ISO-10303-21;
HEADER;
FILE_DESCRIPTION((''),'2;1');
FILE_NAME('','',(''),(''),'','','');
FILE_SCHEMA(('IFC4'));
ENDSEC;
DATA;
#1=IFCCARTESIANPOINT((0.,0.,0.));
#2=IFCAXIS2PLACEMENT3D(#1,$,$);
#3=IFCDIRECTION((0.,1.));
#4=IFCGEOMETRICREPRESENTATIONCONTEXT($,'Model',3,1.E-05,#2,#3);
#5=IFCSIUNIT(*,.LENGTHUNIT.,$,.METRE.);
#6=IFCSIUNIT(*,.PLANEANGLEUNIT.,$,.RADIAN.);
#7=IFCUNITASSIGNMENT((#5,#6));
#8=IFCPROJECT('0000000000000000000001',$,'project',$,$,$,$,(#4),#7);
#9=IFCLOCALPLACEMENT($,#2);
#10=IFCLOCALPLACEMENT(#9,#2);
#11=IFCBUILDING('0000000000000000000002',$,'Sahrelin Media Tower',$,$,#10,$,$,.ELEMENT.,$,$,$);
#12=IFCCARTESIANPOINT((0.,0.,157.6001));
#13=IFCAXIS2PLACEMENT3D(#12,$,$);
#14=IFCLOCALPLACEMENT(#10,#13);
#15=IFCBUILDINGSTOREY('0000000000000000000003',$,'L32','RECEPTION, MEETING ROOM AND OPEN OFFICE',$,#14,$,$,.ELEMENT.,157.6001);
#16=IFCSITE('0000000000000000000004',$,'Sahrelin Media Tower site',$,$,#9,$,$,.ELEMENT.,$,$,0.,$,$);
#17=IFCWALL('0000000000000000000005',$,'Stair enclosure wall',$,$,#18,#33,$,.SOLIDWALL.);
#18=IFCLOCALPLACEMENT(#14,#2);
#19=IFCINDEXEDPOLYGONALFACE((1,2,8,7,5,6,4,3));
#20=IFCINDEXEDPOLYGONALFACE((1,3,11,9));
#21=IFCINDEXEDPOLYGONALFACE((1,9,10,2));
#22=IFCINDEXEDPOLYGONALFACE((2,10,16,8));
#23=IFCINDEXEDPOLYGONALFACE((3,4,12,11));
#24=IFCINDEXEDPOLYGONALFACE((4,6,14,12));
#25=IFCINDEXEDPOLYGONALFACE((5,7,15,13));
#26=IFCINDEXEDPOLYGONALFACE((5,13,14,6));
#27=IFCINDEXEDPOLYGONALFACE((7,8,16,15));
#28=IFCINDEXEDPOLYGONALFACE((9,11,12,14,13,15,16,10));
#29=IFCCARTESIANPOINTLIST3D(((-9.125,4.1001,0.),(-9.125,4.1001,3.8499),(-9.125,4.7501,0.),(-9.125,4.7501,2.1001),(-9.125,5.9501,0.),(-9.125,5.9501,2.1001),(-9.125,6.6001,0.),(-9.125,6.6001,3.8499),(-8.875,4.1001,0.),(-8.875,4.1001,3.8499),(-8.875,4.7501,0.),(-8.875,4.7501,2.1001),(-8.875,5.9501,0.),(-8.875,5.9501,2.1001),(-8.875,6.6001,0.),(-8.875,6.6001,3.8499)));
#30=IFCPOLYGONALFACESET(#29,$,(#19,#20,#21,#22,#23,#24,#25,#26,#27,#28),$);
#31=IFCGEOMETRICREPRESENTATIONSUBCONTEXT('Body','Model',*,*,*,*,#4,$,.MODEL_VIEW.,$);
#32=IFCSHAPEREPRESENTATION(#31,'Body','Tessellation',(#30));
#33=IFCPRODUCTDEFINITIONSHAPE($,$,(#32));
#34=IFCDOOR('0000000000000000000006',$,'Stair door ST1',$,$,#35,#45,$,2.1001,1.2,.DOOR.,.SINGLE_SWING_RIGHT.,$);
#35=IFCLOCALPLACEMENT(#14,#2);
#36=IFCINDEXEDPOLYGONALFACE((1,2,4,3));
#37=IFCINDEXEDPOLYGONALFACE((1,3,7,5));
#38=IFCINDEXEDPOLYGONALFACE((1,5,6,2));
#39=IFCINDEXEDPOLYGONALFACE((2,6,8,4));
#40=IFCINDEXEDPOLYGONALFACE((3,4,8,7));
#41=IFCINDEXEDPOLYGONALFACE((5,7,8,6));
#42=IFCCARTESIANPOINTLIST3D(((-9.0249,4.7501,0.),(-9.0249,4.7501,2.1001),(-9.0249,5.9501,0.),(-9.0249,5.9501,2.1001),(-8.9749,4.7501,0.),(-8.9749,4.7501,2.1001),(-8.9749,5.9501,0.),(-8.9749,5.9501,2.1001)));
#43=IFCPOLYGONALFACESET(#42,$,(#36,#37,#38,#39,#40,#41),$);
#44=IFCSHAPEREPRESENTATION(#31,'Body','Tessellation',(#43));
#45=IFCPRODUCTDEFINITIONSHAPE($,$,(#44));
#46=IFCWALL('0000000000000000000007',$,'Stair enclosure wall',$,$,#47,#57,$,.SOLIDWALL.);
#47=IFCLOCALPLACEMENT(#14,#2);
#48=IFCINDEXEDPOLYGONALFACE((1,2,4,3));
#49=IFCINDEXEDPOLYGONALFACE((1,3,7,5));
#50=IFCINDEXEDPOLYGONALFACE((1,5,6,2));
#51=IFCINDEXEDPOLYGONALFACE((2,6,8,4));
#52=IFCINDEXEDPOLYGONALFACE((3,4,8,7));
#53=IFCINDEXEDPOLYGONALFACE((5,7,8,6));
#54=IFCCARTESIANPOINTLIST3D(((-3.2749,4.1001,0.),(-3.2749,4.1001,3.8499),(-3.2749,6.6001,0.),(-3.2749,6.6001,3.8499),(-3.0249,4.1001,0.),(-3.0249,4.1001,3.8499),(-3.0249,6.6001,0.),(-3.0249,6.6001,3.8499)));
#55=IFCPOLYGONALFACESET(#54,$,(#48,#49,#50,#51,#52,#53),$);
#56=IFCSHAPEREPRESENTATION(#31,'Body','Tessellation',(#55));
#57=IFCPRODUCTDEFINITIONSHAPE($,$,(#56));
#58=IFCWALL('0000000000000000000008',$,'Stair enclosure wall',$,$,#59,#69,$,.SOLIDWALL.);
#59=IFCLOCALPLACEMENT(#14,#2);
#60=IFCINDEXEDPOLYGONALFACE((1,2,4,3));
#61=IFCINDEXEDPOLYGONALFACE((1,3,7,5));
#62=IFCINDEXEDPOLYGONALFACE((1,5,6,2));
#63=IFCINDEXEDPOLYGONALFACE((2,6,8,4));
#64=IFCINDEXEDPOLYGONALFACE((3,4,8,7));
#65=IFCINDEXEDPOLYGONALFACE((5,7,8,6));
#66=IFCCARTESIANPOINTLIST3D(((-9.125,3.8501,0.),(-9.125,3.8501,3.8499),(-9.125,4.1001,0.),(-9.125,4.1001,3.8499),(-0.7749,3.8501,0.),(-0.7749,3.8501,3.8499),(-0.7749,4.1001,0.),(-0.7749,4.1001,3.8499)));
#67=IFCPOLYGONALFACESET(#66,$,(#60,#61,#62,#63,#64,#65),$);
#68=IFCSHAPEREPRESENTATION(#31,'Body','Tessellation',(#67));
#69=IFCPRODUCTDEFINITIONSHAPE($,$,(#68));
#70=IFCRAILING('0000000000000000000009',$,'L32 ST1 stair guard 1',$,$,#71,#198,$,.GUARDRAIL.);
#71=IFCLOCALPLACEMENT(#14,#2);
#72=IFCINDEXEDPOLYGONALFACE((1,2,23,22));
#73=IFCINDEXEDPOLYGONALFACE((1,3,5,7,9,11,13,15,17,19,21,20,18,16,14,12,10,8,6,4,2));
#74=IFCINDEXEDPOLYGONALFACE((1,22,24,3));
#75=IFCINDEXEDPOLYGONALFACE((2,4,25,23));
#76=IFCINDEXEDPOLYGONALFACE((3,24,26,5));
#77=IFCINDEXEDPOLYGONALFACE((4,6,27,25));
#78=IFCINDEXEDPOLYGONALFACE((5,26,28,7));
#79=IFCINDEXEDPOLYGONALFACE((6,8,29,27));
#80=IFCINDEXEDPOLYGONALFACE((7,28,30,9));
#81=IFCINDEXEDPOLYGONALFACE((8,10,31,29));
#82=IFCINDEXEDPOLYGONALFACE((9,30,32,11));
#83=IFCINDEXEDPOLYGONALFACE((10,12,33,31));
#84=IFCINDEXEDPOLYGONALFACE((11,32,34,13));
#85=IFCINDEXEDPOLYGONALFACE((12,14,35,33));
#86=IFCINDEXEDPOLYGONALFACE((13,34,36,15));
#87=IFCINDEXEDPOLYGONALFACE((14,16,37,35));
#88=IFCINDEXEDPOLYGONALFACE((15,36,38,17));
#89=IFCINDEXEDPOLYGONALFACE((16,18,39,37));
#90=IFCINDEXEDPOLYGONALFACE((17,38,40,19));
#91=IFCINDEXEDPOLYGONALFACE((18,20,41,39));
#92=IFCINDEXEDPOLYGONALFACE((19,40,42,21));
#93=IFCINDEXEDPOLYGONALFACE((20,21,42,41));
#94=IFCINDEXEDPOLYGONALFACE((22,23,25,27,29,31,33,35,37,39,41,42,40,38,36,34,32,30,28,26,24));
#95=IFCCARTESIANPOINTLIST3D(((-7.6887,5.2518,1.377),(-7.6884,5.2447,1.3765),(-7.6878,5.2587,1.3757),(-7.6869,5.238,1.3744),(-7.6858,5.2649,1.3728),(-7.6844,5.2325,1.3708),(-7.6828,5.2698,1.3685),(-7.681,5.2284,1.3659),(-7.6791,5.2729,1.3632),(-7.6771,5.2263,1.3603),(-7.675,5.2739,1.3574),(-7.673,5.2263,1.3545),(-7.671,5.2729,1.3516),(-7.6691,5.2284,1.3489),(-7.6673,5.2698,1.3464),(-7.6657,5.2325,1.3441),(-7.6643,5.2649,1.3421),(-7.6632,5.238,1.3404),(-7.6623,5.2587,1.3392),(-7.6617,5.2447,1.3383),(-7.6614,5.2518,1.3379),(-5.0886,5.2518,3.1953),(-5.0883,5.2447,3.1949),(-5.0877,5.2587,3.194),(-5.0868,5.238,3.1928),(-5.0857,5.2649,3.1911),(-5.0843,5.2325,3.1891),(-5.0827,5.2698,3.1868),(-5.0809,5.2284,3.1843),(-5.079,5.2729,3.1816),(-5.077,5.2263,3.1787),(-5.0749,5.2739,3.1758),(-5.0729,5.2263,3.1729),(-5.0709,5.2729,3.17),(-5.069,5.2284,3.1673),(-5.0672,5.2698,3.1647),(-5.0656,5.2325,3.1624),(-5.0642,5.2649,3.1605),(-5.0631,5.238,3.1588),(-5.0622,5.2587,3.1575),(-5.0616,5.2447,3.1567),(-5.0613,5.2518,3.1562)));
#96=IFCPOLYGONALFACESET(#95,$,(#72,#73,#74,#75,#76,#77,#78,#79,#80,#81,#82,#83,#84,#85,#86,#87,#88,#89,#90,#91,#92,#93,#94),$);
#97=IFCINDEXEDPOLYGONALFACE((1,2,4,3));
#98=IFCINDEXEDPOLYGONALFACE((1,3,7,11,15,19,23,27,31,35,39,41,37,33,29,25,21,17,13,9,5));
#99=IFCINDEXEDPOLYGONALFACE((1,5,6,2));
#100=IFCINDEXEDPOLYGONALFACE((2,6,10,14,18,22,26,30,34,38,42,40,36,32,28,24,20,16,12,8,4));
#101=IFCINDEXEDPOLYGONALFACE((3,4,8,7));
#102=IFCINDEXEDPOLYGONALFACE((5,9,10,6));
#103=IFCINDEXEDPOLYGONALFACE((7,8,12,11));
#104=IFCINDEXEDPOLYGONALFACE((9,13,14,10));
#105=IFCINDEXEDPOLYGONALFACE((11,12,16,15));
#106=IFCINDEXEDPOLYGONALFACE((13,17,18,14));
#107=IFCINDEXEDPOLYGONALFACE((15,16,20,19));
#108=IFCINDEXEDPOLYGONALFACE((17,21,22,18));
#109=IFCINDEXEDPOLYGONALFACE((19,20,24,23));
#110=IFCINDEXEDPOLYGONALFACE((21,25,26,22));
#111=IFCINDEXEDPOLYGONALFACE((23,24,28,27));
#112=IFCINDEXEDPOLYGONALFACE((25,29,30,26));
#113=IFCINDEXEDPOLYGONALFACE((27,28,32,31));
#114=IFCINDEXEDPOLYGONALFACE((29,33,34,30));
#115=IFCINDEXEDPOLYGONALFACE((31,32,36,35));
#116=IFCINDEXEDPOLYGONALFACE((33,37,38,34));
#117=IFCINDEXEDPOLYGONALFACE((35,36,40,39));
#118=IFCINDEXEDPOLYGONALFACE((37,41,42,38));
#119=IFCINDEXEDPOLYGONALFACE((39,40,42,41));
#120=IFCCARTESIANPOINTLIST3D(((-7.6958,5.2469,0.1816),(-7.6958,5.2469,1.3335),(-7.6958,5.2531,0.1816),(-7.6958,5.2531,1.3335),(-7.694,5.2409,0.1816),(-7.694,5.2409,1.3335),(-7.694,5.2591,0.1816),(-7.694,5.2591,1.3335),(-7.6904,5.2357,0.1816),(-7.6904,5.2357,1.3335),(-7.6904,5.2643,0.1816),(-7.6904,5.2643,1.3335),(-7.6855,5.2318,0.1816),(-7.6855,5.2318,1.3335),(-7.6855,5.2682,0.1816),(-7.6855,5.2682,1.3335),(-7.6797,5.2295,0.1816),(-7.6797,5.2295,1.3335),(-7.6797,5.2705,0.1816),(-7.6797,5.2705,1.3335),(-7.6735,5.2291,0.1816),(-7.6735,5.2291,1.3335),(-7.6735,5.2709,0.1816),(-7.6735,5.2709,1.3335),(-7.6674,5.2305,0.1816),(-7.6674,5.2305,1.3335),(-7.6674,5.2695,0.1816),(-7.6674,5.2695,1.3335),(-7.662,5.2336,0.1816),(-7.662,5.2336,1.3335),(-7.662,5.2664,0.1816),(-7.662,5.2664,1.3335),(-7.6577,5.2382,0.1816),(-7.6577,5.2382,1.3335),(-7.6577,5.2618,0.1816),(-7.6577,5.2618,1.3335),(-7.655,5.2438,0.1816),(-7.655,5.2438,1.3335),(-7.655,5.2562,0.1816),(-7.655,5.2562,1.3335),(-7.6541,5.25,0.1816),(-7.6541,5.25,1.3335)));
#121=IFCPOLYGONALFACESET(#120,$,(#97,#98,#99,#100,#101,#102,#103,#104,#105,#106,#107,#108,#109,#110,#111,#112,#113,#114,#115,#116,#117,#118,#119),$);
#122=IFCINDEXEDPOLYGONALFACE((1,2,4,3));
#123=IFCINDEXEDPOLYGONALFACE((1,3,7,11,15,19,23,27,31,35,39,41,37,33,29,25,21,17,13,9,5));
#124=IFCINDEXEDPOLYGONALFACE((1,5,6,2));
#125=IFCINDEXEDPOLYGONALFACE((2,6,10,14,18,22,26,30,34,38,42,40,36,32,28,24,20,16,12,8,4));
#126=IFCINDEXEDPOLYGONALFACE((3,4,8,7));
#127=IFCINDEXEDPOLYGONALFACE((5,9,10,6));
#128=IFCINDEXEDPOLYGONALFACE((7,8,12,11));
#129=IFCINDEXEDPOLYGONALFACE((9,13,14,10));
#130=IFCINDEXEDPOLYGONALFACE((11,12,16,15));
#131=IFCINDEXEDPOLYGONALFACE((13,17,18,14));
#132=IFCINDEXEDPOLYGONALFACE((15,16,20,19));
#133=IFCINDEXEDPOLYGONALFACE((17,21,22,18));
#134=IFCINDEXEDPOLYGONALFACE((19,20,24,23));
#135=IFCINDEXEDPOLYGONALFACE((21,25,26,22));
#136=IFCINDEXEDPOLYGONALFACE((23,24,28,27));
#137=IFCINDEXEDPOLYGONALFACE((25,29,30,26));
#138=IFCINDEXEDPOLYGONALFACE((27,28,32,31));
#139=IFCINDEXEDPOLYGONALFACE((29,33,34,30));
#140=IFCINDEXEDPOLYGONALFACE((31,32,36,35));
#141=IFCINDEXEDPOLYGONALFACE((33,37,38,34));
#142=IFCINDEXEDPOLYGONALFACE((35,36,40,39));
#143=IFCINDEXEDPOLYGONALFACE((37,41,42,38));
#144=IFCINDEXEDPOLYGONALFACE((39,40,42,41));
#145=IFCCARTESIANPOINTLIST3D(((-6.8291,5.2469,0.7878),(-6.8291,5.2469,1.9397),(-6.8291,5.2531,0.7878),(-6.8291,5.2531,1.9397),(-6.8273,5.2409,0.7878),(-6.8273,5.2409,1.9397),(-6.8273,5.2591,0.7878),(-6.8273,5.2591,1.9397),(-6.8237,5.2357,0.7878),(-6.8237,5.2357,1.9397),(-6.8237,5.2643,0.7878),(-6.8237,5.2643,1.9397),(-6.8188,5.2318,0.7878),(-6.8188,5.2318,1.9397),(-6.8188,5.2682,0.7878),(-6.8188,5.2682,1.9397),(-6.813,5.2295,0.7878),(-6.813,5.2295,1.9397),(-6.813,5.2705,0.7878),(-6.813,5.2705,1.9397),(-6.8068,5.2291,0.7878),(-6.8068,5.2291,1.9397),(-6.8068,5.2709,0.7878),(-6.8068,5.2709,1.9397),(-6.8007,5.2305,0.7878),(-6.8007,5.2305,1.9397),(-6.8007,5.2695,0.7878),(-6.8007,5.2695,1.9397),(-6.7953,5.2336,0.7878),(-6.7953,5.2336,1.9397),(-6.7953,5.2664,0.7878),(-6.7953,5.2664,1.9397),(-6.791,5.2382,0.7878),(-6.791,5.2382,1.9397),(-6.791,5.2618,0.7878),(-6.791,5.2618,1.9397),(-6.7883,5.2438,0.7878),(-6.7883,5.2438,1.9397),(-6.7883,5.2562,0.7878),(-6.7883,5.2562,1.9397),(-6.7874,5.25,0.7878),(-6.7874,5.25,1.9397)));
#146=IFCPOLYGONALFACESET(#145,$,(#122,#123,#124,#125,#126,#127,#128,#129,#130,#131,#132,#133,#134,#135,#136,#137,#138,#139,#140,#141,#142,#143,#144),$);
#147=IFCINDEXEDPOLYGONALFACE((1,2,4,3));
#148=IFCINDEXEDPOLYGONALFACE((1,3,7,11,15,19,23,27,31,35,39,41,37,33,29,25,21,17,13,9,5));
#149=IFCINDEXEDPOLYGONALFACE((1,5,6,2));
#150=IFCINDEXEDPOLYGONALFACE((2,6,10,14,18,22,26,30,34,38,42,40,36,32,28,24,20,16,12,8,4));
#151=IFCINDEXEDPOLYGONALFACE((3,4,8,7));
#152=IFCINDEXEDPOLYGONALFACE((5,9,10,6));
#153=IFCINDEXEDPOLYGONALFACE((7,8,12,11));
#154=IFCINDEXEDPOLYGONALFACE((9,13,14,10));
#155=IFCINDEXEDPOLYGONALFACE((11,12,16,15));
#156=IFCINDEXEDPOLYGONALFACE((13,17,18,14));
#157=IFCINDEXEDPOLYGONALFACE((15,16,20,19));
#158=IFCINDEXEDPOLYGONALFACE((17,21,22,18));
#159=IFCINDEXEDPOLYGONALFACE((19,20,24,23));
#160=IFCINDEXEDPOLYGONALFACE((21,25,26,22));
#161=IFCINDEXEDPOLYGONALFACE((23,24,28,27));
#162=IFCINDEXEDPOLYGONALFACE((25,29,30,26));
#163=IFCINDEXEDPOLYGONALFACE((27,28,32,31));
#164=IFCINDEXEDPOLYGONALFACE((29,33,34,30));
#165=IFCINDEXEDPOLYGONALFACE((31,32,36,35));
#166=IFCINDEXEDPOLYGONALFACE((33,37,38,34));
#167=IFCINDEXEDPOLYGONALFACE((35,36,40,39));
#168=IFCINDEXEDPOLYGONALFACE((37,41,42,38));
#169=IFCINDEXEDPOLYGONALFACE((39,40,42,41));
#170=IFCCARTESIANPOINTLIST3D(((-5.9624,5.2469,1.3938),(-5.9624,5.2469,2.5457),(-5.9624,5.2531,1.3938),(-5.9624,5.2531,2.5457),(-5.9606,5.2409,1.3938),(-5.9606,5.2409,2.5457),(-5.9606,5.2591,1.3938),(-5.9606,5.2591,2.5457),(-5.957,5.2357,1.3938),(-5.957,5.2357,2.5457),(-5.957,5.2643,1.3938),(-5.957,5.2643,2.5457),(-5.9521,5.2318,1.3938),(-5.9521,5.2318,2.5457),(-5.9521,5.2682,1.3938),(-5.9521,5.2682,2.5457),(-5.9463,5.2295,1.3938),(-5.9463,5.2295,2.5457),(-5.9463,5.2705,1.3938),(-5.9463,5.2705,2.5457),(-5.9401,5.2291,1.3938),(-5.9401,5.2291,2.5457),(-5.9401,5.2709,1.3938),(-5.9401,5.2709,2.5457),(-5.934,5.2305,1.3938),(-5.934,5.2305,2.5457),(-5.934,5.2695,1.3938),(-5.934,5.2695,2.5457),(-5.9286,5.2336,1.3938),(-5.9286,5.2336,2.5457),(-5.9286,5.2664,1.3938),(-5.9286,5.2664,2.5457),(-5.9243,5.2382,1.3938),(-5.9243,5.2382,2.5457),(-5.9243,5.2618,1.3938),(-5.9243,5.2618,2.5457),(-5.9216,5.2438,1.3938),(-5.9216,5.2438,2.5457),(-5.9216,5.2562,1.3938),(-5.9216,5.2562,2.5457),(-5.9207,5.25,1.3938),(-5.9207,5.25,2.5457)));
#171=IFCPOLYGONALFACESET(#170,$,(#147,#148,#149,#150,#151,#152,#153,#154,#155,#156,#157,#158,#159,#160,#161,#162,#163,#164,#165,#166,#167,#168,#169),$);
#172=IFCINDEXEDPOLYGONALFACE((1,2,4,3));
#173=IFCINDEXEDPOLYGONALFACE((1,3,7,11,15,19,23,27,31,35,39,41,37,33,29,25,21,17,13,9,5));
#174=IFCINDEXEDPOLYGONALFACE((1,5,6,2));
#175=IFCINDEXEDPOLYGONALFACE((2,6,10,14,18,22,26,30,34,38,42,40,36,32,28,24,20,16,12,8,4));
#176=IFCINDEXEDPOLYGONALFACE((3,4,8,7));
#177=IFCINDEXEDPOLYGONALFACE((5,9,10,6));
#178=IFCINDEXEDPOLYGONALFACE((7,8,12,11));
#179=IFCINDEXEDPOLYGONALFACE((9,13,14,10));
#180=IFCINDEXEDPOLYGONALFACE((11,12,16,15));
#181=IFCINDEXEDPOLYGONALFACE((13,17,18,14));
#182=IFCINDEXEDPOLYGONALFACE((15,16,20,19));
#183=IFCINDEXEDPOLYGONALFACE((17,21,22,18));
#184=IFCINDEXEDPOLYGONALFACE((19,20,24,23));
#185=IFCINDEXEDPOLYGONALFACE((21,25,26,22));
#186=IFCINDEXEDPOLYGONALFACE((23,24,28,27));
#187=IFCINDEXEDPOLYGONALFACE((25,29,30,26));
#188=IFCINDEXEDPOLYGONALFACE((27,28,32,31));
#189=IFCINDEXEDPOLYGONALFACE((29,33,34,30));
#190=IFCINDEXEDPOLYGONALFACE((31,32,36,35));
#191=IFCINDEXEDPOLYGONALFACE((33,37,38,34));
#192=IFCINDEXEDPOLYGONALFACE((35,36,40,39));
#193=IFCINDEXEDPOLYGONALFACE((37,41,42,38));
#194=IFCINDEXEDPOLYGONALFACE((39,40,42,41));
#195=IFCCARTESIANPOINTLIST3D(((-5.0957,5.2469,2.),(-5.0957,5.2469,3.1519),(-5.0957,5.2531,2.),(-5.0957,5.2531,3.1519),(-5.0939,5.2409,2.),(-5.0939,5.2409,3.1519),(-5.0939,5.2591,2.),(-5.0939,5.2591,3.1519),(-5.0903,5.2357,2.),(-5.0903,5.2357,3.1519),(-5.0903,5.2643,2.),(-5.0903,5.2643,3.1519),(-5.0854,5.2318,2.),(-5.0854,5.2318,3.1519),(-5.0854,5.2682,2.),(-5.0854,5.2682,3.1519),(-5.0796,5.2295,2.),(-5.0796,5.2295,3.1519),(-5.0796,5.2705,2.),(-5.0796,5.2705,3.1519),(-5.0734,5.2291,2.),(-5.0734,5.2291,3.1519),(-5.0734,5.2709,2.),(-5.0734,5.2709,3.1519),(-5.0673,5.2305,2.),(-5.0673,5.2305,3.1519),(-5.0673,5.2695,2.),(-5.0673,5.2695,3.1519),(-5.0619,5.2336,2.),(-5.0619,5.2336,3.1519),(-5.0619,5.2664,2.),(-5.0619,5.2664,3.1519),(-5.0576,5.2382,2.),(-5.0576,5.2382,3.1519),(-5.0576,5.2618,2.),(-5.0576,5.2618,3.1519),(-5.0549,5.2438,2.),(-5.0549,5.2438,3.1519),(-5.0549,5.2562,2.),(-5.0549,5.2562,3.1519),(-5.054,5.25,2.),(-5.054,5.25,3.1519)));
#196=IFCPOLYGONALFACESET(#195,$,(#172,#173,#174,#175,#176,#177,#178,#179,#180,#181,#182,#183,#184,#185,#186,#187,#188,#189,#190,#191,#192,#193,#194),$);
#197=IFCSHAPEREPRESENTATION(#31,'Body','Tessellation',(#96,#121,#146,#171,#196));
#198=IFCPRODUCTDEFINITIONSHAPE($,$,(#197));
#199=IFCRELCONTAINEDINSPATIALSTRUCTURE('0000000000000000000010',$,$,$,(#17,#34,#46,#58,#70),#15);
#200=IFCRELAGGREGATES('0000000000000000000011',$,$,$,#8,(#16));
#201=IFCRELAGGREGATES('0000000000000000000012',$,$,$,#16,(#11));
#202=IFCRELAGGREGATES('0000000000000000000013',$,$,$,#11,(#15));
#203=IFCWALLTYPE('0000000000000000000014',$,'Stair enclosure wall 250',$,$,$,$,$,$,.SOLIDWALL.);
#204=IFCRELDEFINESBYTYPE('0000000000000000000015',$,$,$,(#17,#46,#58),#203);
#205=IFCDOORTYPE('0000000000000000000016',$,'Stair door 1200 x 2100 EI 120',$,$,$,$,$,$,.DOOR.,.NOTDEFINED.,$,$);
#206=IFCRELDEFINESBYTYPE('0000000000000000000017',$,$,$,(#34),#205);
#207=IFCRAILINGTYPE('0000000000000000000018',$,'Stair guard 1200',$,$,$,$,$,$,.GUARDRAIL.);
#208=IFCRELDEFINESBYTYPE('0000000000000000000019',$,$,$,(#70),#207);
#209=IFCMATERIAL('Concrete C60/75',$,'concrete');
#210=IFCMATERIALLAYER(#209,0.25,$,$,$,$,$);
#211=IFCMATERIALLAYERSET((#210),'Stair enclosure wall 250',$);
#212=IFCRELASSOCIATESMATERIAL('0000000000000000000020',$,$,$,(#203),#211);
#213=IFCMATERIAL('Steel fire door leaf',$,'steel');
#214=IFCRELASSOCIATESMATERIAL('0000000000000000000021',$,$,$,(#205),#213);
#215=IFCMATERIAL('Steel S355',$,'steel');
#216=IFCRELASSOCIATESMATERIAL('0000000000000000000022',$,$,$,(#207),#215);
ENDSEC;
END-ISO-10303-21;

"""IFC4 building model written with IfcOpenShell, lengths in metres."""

from ifc_helpers import new_model, si_unit, direction, frame, frame_2d, origin, origin_2d, place, context, subcontext, project, spatial, rectangle, circle, extrude, material, layer, layer_set, type_object, element, fill, save


model = new_model("IFC4")

# Units and contexts
model_context = context("Model", 3, precision=1e-05, world=origin(), true_north=direction((0.0, 1.0)))
body_context = subcontext(model_context, "Body", "Model", "MODEL_VIEW")
ifc_project = project(units=[si_unit("LENGTHUNIT", "METRE"), si_unit("PLANEANGLEUNIT", "RADIAN")], contexts=[model_context])

# Site, building, storey
site_placement = place(None, origin())
site = spatial("IfcSite", under=ifc_project, at=site_placement, Name="Sahrelin Media Tower site", CompositionType="ELEMENT", RefElevation=0.0)
building_placement = place(site_placement, origin())
building = spatial("IfcBuilding", under=site, at=building_placement, Name="Sahrelin Media Tower", CompositionType="ELEMENT")
storey_placement = place(building_placement, frame((0.0, 0.0, 157.6001)))
storey = spatial("IfcBuildingStorey", under=building, at=storey_placement, Name="L32", Description="RECEPTION, MEETING ROOM AND OPEN OFFICE", CompositionType="ELEMENT", Elevation=157.6001)

# Shared definitions
ifc_material_1 = material(Name="Steel S355", Category="steel")

# Shared definitions
ifc_material_2 = material(Name="Concrete C60/75", Category="concrete")

# Shared definitions
ifc_material_3 = material(Name="Steel fire door leaf", Category="steel")

# Wall, opening, door
ifc_layer_1 = layer(ifc_material_2, 0.25)
ifc_layer_set_1 = layer_set([ifc_layer_1], Name="Stair enclosure wall 250")
wall_type_1 = type_object("IfcWallType", Name="Stair enclosure wall 250", PredefinedType="SOLIDWALL", material=ifc_layer_set_1)
wall_1_placement = place(storey_placement, frame((-9.0, 4.1001, 0.0), z_axis=(0.0, 0.0, 1.0), x_axis=(0.0, 1.0, 0.0)))
wall_1 = element("IfcWall", 1, at=wall_1_placement, inside=storey, type_object=wall_type_1, Name="Stair enclosure wall", PredefinedType="SOLIDWALL", context=body_context, shape_type="SweptSolid", body=[
    extrude(rectangle(XDim=2.5, YDim=0.25, at=frame_2d((1.25, 0.0))), origin(), (0.0, 0.0, 1.0), 3.8499),
])
opening_1_placement = place(wall_1_placement, frame((0.6499, 0.0, 0.0)))
opening_1 = element("IfcOpeningElement", 2, at=opening_1_placement, cuts=wall_1, PredefinedType="OPENING", context=body_context, shape_type="SweptSolid", body=[
    extrude(rectangle(XDim=1.2, YDim=2.1001, at=frame_2d((0.6001, 1.05))), frame((0.0, 0.125, 0.0), z_axis=(0.0, -1.0, 0.0), x_axis=(1.0, 0.0, 0.0)), (0.0, 0.0, 1.0), 0.25),
])
door_type_1 = type_object("IfcDoorType", Name="Stair door 1200 x 2100 EI 120", OperationType="NOTDEFINED", PredefinedType="DOOR", material=ifc_material_3)
door_1_placement = place(opening_1_placement, origin())
door_1 = element("IfcDoor", 3, at=door_1_placement, inside=storey, type_object=door_type_1, Name="Stair door ST1", OperationType="SINGLE_SWING_RIGHT", OverallHeight=2.1001, OverallWidth=1.2, PredefinedType="DOOR", context=body_context, shape_type="SweptSolid", body=[
    extrude(rectangle(XDim=1.2, YDim=2.1001, at=frame_2d((0.6001, 1.05))), frame((0.0, 0.0249, 0.0), z_axis=(0.0, -1.0, 0.0), x_axis=(1.0, 0.0, 0.0)), (0.0, 0.0, 1.0), 0.05),
])
fill(opening_1, door_1)

# Walls
wall_2_placement = place(storey_placement, frame((-3.1499, 4.1001, 0.0), z_axis=(0.0, 0.0, 1.0), x_axis=(0.0, 1.0, 0.0)))
element("IfcWall", 4, at=wall_2_placement, inside=storey, type_object=wall_type_1, Name="Stair enclosure wall", PredefinedType="SOLIDWALL", context=body_context, shape_type="SweptSolid", body=[
    extrude(rectangle(XDim=2.5, YDim=0.25, at=frame_2d((1.25, 0.0))), origin(), (0.0, 0.0, 1.0), 3.8499),
])
wall_3_placement = place(storey_placement, frame((-9.125, 3.9751, 0.0), z_axis=(0.0, 0.0, 1.0), x_axis=(1.0, 0.0, 0.0)))
element("IfcWall", 5, at=wall_3_placement, inside=storey, type_object=wall_type_1, Name="Stair enclosure wall", PredefinedType="SOLIDWALL", context=body_context, shape_type="SweptSolid", body=[
    extrude(rectangle(XDim=8.3501, YDim=0.25, at=frame_2d((4.175, 0.0))), origin(), (0.0, 0.0, 1.0), 3.8499),
])

# Railing
railing_type_1 = type_object("IfcRailingType", Name="Stair guard 1200", PredefinedType="GUARDRAIL", material=ifc_material_1)
railing_1_placement = place(storey_placement, frame((-7.675, 5.25, 0.1816)))
element("IfcRailing", 6, at=railing_1_placement, inside=storey, type_object=railing_type_1, Name="L32 ST1 stair guard 1", PredefinedType="GUARDRAIL", context=body_context, shape_type="SweptSolid", body=[
    extrude(circle(Radius=0.0239, at=origin_2d()), frame((0.0, 0.0, 1.1758), z_axis=(0.819485, 0.0, 0.573101), x_axis=(0.0, 1.0, 0.0)), (0.0, 0.0, 1.0), 3.1729),
    extrude(circle(Radius=0.021, at=origin_2d()), origin(), (0.0, 0.0, 1.0), 1.1519),
    extrude(circle(Radius=0.021, at=origin_2d()), frame((0.8667, 0.0, 0.6062)), (0.0, 0.0, 1.0), 1.1519),
    extrude(circle(Radius=0.021, at=origin_2d()), frame((1.7334, 0.0, 1.2122)), (0.0, 0.0, 1.0), 1.1519),
    extrude(circle(Radius=0.021, at=origin_2d()), frame((2.6001, 0.0, 1.8184)), (0.0, 0.0, 1.0), 1.1519),
])

save(model, "model.ifc")
